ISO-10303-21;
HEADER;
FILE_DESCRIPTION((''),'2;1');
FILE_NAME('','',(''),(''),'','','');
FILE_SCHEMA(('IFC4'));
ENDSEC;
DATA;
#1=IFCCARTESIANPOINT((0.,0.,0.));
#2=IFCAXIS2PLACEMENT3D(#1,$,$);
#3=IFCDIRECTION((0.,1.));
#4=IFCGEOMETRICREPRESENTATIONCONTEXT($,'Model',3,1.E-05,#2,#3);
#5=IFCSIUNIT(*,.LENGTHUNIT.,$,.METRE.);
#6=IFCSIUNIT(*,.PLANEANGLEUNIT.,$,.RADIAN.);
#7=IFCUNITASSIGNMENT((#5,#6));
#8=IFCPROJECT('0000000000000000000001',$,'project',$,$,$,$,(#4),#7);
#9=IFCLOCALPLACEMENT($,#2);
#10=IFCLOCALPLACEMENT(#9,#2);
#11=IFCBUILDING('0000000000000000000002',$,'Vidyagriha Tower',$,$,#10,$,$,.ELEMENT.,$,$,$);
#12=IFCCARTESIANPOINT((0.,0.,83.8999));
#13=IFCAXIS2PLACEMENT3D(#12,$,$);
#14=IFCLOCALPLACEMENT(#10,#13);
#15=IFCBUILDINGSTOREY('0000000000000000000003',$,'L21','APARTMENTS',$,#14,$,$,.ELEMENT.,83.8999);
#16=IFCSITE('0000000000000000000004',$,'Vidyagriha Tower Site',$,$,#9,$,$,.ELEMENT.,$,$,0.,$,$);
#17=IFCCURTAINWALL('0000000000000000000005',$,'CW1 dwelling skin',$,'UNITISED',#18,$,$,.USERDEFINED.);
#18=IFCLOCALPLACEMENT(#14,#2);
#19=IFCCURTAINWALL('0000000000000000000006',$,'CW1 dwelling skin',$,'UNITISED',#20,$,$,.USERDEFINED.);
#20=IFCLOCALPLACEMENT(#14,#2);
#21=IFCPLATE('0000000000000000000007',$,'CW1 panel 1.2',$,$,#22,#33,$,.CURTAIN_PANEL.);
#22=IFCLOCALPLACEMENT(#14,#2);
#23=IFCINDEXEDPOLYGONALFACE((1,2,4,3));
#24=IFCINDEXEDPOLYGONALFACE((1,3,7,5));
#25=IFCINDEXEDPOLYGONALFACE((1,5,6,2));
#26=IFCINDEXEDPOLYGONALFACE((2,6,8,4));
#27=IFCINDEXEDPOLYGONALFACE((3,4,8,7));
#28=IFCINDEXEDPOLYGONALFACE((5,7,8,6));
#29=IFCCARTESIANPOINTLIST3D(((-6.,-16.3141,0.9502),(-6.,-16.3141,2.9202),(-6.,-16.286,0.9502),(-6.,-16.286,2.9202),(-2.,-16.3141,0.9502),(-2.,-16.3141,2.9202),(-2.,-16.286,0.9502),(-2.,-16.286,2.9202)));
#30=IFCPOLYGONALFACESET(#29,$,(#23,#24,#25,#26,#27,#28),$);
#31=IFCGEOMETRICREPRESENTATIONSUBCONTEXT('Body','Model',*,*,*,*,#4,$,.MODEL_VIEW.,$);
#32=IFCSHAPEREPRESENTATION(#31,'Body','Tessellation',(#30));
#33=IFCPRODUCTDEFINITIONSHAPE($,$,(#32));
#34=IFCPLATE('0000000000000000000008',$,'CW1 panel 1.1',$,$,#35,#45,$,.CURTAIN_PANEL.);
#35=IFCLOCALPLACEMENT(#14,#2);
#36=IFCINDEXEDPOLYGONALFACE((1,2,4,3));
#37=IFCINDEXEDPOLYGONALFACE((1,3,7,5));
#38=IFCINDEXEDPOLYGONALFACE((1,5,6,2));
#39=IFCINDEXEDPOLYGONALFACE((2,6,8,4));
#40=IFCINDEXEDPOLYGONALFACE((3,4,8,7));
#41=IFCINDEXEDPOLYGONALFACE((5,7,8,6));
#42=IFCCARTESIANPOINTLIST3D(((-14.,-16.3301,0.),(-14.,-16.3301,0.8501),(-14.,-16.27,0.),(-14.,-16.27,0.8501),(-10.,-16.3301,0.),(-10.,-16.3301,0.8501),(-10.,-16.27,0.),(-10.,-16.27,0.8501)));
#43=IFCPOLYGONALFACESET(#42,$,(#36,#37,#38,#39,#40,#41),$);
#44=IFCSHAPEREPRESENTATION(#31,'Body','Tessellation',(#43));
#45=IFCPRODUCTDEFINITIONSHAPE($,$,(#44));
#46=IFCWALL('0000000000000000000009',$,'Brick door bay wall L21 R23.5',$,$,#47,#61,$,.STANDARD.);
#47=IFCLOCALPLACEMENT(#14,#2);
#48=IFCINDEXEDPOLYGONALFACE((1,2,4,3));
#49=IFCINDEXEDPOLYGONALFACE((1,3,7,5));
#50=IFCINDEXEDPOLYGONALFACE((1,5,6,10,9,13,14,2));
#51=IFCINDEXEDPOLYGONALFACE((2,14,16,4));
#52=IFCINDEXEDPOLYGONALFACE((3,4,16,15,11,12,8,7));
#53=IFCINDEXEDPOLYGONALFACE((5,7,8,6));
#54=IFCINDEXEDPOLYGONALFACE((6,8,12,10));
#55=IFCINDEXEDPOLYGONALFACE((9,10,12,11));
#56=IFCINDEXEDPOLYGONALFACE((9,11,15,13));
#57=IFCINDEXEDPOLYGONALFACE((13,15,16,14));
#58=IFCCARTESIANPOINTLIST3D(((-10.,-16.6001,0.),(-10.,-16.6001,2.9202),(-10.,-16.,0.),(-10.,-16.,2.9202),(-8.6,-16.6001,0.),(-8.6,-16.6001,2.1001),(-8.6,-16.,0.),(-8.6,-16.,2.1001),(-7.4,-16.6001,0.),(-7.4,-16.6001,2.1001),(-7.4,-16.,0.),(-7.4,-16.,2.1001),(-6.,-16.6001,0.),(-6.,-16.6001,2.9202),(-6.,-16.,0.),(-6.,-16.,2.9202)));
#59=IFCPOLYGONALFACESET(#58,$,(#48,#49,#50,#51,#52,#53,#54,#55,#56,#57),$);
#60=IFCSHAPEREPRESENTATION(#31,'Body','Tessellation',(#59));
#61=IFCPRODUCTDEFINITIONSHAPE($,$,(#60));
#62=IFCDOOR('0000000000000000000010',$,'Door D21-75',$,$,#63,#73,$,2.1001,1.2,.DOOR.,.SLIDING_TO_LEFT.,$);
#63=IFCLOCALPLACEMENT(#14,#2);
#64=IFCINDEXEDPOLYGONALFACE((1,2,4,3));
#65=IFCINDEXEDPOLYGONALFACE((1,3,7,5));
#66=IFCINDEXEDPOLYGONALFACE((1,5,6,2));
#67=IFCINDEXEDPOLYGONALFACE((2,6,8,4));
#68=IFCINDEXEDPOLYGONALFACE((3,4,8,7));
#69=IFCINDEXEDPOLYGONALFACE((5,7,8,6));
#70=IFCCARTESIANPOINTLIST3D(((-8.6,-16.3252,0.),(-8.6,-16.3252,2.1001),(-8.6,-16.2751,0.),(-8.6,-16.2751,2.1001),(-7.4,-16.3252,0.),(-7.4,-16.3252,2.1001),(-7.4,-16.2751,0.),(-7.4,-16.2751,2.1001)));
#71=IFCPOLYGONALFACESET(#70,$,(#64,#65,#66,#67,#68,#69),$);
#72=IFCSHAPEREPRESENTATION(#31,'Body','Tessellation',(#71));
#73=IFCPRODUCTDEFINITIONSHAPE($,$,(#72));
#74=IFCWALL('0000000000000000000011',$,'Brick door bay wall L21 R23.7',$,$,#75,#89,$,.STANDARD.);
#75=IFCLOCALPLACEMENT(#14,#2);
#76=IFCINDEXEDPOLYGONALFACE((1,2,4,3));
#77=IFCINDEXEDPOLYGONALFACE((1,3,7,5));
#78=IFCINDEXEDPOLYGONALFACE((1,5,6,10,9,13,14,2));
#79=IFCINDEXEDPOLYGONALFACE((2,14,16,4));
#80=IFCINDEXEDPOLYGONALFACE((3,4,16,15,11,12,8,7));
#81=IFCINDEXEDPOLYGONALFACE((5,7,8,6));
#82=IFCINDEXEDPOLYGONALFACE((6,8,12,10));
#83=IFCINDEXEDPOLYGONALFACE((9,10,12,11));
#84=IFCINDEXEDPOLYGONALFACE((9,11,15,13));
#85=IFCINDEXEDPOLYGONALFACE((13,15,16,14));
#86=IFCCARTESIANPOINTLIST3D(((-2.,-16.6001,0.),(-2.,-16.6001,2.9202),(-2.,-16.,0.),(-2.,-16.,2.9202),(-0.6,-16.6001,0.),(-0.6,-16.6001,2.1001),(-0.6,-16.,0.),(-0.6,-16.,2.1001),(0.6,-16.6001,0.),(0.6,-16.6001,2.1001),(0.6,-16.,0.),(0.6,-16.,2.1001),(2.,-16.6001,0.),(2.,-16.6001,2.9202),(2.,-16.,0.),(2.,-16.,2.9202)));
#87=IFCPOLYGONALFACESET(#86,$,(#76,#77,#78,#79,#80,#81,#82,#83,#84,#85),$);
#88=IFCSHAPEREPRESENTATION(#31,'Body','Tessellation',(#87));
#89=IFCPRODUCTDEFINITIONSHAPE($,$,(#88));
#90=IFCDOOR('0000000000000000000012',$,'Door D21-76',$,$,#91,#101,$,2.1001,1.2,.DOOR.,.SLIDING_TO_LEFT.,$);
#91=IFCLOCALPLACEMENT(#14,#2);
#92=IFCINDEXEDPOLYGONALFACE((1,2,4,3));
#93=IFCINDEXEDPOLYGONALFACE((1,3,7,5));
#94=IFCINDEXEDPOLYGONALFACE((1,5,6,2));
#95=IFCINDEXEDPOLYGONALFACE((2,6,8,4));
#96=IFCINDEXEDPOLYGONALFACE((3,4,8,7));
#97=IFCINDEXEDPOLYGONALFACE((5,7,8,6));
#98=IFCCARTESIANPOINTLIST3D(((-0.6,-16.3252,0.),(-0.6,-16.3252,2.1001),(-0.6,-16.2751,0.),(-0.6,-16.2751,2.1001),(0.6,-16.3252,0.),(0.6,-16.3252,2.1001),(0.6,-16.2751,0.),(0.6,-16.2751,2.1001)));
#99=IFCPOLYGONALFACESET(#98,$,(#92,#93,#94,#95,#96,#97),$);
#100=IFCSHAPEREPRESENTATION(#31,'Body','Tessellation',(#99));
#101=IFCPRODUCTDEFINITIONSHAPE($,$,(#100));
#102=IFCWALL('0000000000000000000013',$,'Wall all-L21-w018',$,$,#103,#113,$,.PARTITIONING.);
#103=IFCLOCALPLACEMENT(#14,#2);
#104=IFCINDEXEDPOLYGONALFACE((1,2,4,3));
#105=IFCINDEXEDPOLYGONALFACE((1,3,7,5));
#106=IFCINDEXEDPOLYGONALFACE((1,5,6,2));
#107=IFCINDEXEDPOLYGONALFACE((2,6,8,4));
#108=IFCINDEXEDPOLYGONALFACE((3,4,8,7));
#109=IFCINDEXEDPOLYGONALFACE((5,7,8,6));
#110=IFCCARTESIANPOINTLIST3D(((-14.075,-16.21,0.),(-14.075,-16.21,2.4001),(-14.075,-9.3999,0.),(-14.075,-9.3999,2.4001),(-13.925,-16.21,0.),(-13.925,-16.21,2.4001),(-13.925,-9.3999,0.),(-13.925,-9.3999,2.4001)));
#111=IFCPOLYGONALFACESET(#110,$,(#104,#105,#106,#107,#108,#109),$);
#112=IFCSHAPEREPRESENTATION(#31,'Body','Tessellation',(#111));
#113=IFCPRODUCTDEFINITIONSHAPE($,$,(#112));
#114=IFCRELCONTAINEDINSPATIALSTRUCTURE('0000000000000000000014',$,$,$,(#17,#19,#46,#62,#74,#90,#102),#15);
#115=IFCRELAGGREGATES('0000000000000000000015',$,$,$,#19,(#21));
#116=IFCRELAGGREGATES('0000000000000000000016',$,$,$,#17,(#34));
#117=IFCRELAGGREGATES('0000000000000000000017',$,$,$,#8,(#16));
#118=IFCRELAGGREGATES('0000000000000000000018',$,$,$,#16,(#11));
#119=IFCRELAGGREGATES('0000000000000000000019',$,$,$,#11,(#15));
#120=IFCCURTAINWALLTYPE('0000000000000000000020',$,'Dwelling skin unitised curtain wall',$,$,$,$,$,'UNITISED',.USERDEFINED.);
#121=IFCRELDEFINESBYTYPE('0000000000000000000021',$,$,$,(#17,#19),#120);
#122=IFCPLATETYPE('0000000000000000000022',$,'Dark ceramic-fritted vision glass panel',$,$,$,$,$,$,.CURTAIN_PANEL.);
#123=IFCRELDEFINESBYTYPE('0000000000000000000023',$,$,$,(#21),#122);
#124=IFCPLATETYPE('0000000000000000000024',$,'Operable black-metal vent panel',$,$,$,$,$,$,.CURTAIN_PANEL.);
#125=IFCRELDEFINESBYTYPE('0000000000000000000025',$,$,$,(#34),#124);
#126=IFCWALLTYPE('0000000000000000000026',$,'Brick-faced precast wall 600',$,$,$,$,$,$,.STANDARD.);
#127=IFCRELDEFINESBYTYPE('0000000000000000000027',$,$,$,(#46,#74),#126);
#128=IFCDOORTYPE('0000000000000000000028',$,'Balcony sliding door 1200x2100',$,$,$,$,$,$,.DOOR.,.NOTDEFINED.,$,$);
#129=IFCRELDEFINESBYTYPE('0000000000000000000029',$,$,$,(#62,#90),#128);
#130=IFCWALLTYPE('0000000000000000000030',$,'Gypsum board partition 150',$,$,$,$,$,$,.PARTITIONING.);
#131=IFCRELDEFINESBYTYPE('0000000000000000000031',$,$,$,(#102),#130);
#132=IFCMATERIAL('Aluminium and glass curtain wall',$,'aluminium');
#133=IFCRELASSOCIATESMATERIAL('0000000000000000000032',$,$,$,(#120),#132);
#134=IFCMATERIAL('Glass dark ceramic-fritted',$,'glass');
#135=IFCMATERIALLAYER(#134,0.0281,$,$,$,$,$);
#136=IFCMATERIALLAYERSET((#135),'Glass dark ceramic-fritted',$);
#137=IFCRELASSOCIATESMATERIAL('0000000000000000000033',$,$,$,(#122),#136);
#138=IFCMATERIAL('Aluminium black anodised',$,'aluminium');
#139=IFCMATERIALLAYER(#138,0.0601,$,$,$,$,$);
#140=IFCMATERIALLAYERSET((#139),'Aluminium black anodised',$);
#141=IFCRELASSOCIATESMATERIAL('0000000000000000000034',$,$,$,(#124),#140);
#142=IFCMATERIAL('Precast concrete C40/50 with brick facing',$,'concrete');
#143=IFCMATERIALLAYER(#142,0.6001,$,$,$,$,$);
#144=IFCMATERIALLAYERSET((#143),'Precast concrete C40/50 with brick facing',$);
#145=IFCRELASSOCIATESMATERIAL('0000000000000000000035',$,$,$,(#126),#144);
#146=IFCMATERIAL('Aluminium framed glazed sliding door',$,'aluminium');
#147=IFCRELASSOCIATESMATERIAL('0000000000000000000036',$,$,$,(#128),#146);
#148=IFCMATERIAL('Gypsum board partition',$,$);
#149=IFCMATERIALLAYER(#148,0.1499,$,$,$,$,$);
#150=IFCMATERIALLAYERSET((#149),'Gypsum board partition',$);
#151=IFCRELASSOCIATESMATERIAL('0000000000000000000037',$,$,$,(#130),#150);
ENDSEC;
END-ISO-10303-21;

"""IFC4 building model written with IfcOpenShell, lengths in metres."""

from ifc_helpers import new_model, si_unit, direction, frame, frame_2d, origin, origin_2d, place, context, subcontext, project, spatial, rectangle, extrude, material, layer, layer_set, type_object, element, fill, aggregate, save


model = new_model("IFC4")

# Units and contexts
model_context = context("Model", 3, precision=1e-05, world=origin(), true_north=direction((0.0, 1.0)))
body_context = subcontext(model_context, "Body", "Model", "MODEL_VIEW")
ifc_project = project(units=[si_unit("LENGTHUNIT", "METRE"), si_unit("PLANEANGLEUNIT", "RADIAN")], contexts=[model_context])

# Site, building, storey
site_placement = place(None, origin())
site = spatial("IfcSite", under=ifc_project, at=site_placement, Name="Vidyagriha Tower Site", CompositionType="ELEMENT", RefElevation=0.0)
building_placement = place(site_placement, origin())
building = spatial("IfcBuilding", under=site, at=building_placement, Name="Vidyagriha Tower", CompositionType="ELEMENT")
storey_placement = place(building_placement, frame((0.0, 0.0, 83.8999)))
storey = spatial("IfcBuildingStorey", under=building, at=storey_placement, Name="L21", Description="APARTMENTS", CompositionType="ELEMENT", Elevation=83.8999)

# Curtain walls
ifc_material_1 = material(Name="Aluminium and glass curtain wall", Category="aluminium")
curtain_wall_type = type_object("IfcCurtainWallType", Name="Dwelling skin unitised curtain wall", ElementType="UNITISED", PredefinedType="USERDEFINED", material=ifc_material_1)
curtain_wall_1_placement = place(storey_placement, origin())
curtain_wall_1 = element("IfcCurtainWall", 1, at=curtain_wall_1_placement, inside=storey, type_object=curtain_wall_type, Name="CW1 dwelling skin", ObjectType="UNITISED", PredefinedType="USERDEFINED")
curtain_wall_2_placement = place(storey_placement, origin())
curtain_wall_2 = element("IfcCurtainWall", 2, at=curtain_wall_2_placement, inside=storey, type_object=curtain_wall_type, Name="CW1 dwelling skin", ObjectType="UNITISED", PredefinedType="USERDEFINED")

# Plates
ifc_material_2 = material(Name="Glass dark ceramic-fritted", Category="glass")
ifc_layer_1 = layer(ifc_material_2, 0.0281)
ifc_layer_set_1 = layer_set([ifc_layer_1], Name="Glass dark ceramic-fritted")
plate_type_1 = type_object("IfcPlateType", Name="Dark ceramic-fritted vision glass panel", PredefinedType="CURTAIN_PANEL", material=ifc_layer_set_1)
plate_1_placement = place(storey_placement, frame((-4.0, -16.3, 0.9502)))
plate_1 = element("IfcPlate", 3, at=plate_1_placement, type_object=plate_type_1, Name="CW1 panel 1.2", PredefinedType="CURTAIN_PANEL", context=body_context, shape_type="SweptSolid", body=[
    extrude(rectangle(XDim=4.0, YDim=0.0281, at=origin_2d()), origin(), (0.0, 0.0, 1.0), 1.97),
])
aggregate(curtain_wall_2, [plate_1])
ifc_material_3 = material(Name="Aluminium black anodised", Category="aluminium")
ifc_layer_2 = layer(ifc_material_3, 0.0601)
ifc_layer_set_2 = layer_set([ifc_layer_2], Name="Aluminium black anodised")
plate_type_2 = type_object("IfcPlateType", Name="Operable black-metal vent panel", PredefinedType="CURTAIN_PANEL", material=ifc_layer_set_2)
plate_2_placement = place(storey_placement, frame((-12.0, -16.3, 0.0)))
plate_2 = element("IfcPlate", 4, at=plate_2_placement, type_object=plate_type_2, Name="CW1 panel 1.1", PredefinedType="CURTAIN_PANEL", context=body_context, shape_type="SweptSolid", body=[
    extrude(rectangle(XDim=4.0, YDim=0.0601, at=origin_2d()), origin(), (0.0, 0.0, 1.0), 0.8501),
])
aggregate(curtain_wall_1, [plate_2])

# Walls, openings, doors
ifc_material_4 = material(Name="Precast concrete C40/50 with brick facing", Category="concrete")
ifc_layer_3 = layer(ifc_material_4, 0.6001)
ifc_layer_set_3 = layer_set([ifc_layer_3], Name="Precast concrete C40/50 with brick facing")
wall_type_1 = type_object("IfcWallType", Name="Brick-faced precast wall 600", PredefinedType="STANDARD", material=ifc_layer_set_3)
wall_1_placement = place(storey_placement, frame((-10.0, -16.3, 0.0)))
wall_1 = element("IfcWall", 5, at=wall_1_placement, inside=storey, type_object=wall_type_1, Name="Brick door bay wall L21 R23.5", PredefinedType="STANDARD", context=body_context, shape_type="SweptSolid", body=[
    extrude(rectangle(XDim=4.0, YDim=0.6001, at=frame_2d((2.0, 0.0))), origin(), (0.0, 0.0, 1.0), 2.9202),
])
opening_1_placement = place(wall_1_placement, frame((1.3999, 0.0, 0.0)))
opening_1 = element("IfcOpeningElement", 6, at=opening_1_placement, cuts=wall_1, PredefinedType="OPENING", context=body_context, shape_type="SweptSolid", body=[
    extrude(rectangle(XDim=1.2, YDim=2.1001, at=frame_2d((0.6001, 1.05))), frame((0.0, 0.3101, 0.0), z_axis=(0.0, -1.0, 0.0), x_axis=(1.0, 0.0, 0.0)), (0.0, 0.0, 1.0), 0.6201),
])
ifc_material_5 = material(Name="Aluminium framed glazed sliding door", Category="aluminium")
door_type = type_object("IfcDoorType", Name="Balcony sliding door 1200x2100", OperationType="NOTDEFINED", PredefinedType="DOOR", material=ifc_material_5)
door_1_placement = place(opening_1_placement, origin())
door_1 = element("IfcDoor", 7, at=door_1_placement, inside=storey, type_object=door_type, Name="Door D21-75", OperationType="SLIDING_TO_LEFT", OverallHeight=2.1001, OverallWidth=1.2, PredefinedType="DOOR", context=body_context, shape_type="SweptSolid", body=[
    extrude(rectangle(XDim=1.2, YDim=2.1001, at=frame_2d((0.6001, 1.05))), frame((0.0, 0.0249, 0.0), z_axis=(0.0, -1.0, 0.0), x_axis=(1.0, 0.0, 0.0)), (0.0, 0.0, 1.0), 0.05),
])
fill(opening_1, door_1)
wall_2_placement = place(storey_placement, frame((-2.0, -16.3, 0.0)))
wall_2 = element("IfcWall", 8, at=wall_2_placement, inside=storey, type_object=wall_type_1, Name="Brick door bay wall L21 R23.7", PredefinedType="STANDARD", context=body_context, shape_type="SweptSolid", body=[
    extrude(rectangle(XDim=4.0, YDim=0.6001, at=frame_2d((2.0, 0.0))), origin(), (0.0, 0.0, 1.0), 2.9202),
])
opening_2_placement = place(wall_2_placement, frame((1.3999, 0.0, 0.0)))
opening_2 = element("IfcOpeningElement", 9, at=opening_2_placement, cuts=wall_2, PredefinedType="OPENING", context=body_context, shape_type="SweptSolid", body=[
    extrude(rectangle(XDim=1.2, YDim=2.1001, at=frame_2d((0.6001, 1.05))), frame((0.0, 0.3101, 0.0), z_axis=(0.0, -1.0, 0.0), x_axis=(1.0, 0.0, 0.0)), (0.0, 0.0, 1.0), 0.6201),
])
door_2_placement = place(opening_2_placement, origin())
door_2 = element("IfcDoor", 10, at=door_2_placement, inside=storey, type_object=door_type, Name="Door D21-76", OperationType="SLIDING_TO_LEFT", OverallHeight=2.1001, OverallWidth=1.2, PredefinedType="DOOR", context=body_context, shape_type="SweptSolid", body=[
    extrude(rectangle(XDim=1.2, YDim=2.1001, at=frame_2d((0.6001, 1.05))), frame((0.0, 0.0249, 0.0), z_axis=(0.0, -1.0, 0.0), x_axis=(1.0, 0.0, 0.0)), (0.0, 0.0, 1.0), 0.05),
])
fill(opening_2, door_2)

# Wall
ifc_material_6 = material(Name="Gypsum board partition")
ifc_layer_4 = layer(ifc_material_6, 0.1499)
ifc_layer_set_4 = layer_set([ifc_layer_4], Name="Gypsum board partition")
wall_type_2 = type_object("IfcWallType", Name="Gypsum board partition 150", PredefinedType="PARTITIONING", material=ifc_layer_set_4)
wall_3_placement = place(storey_placement, frame((-14.0, -9.3999, 0.0), z_axis=(0.0, 0.0, 1.0), x_axis=(0.0, -1.0, 0.0)))
element("IfcWall", 11, at=wall_3_placement, inside=storey, type_object=wall_type_2, Name="Wall all-L21-w018", PredefinedType="PARTITIONING", context=body_context, shape_type="SweptSolid", body=[
    extrude(rectangle(XDim=6.8101, YDim=0.1499, at=frame_2d((3.405, 0.0))), origin(), (0.0, 0.0, 1.0), 2.4001),
])

save(model, "model.ifc")
